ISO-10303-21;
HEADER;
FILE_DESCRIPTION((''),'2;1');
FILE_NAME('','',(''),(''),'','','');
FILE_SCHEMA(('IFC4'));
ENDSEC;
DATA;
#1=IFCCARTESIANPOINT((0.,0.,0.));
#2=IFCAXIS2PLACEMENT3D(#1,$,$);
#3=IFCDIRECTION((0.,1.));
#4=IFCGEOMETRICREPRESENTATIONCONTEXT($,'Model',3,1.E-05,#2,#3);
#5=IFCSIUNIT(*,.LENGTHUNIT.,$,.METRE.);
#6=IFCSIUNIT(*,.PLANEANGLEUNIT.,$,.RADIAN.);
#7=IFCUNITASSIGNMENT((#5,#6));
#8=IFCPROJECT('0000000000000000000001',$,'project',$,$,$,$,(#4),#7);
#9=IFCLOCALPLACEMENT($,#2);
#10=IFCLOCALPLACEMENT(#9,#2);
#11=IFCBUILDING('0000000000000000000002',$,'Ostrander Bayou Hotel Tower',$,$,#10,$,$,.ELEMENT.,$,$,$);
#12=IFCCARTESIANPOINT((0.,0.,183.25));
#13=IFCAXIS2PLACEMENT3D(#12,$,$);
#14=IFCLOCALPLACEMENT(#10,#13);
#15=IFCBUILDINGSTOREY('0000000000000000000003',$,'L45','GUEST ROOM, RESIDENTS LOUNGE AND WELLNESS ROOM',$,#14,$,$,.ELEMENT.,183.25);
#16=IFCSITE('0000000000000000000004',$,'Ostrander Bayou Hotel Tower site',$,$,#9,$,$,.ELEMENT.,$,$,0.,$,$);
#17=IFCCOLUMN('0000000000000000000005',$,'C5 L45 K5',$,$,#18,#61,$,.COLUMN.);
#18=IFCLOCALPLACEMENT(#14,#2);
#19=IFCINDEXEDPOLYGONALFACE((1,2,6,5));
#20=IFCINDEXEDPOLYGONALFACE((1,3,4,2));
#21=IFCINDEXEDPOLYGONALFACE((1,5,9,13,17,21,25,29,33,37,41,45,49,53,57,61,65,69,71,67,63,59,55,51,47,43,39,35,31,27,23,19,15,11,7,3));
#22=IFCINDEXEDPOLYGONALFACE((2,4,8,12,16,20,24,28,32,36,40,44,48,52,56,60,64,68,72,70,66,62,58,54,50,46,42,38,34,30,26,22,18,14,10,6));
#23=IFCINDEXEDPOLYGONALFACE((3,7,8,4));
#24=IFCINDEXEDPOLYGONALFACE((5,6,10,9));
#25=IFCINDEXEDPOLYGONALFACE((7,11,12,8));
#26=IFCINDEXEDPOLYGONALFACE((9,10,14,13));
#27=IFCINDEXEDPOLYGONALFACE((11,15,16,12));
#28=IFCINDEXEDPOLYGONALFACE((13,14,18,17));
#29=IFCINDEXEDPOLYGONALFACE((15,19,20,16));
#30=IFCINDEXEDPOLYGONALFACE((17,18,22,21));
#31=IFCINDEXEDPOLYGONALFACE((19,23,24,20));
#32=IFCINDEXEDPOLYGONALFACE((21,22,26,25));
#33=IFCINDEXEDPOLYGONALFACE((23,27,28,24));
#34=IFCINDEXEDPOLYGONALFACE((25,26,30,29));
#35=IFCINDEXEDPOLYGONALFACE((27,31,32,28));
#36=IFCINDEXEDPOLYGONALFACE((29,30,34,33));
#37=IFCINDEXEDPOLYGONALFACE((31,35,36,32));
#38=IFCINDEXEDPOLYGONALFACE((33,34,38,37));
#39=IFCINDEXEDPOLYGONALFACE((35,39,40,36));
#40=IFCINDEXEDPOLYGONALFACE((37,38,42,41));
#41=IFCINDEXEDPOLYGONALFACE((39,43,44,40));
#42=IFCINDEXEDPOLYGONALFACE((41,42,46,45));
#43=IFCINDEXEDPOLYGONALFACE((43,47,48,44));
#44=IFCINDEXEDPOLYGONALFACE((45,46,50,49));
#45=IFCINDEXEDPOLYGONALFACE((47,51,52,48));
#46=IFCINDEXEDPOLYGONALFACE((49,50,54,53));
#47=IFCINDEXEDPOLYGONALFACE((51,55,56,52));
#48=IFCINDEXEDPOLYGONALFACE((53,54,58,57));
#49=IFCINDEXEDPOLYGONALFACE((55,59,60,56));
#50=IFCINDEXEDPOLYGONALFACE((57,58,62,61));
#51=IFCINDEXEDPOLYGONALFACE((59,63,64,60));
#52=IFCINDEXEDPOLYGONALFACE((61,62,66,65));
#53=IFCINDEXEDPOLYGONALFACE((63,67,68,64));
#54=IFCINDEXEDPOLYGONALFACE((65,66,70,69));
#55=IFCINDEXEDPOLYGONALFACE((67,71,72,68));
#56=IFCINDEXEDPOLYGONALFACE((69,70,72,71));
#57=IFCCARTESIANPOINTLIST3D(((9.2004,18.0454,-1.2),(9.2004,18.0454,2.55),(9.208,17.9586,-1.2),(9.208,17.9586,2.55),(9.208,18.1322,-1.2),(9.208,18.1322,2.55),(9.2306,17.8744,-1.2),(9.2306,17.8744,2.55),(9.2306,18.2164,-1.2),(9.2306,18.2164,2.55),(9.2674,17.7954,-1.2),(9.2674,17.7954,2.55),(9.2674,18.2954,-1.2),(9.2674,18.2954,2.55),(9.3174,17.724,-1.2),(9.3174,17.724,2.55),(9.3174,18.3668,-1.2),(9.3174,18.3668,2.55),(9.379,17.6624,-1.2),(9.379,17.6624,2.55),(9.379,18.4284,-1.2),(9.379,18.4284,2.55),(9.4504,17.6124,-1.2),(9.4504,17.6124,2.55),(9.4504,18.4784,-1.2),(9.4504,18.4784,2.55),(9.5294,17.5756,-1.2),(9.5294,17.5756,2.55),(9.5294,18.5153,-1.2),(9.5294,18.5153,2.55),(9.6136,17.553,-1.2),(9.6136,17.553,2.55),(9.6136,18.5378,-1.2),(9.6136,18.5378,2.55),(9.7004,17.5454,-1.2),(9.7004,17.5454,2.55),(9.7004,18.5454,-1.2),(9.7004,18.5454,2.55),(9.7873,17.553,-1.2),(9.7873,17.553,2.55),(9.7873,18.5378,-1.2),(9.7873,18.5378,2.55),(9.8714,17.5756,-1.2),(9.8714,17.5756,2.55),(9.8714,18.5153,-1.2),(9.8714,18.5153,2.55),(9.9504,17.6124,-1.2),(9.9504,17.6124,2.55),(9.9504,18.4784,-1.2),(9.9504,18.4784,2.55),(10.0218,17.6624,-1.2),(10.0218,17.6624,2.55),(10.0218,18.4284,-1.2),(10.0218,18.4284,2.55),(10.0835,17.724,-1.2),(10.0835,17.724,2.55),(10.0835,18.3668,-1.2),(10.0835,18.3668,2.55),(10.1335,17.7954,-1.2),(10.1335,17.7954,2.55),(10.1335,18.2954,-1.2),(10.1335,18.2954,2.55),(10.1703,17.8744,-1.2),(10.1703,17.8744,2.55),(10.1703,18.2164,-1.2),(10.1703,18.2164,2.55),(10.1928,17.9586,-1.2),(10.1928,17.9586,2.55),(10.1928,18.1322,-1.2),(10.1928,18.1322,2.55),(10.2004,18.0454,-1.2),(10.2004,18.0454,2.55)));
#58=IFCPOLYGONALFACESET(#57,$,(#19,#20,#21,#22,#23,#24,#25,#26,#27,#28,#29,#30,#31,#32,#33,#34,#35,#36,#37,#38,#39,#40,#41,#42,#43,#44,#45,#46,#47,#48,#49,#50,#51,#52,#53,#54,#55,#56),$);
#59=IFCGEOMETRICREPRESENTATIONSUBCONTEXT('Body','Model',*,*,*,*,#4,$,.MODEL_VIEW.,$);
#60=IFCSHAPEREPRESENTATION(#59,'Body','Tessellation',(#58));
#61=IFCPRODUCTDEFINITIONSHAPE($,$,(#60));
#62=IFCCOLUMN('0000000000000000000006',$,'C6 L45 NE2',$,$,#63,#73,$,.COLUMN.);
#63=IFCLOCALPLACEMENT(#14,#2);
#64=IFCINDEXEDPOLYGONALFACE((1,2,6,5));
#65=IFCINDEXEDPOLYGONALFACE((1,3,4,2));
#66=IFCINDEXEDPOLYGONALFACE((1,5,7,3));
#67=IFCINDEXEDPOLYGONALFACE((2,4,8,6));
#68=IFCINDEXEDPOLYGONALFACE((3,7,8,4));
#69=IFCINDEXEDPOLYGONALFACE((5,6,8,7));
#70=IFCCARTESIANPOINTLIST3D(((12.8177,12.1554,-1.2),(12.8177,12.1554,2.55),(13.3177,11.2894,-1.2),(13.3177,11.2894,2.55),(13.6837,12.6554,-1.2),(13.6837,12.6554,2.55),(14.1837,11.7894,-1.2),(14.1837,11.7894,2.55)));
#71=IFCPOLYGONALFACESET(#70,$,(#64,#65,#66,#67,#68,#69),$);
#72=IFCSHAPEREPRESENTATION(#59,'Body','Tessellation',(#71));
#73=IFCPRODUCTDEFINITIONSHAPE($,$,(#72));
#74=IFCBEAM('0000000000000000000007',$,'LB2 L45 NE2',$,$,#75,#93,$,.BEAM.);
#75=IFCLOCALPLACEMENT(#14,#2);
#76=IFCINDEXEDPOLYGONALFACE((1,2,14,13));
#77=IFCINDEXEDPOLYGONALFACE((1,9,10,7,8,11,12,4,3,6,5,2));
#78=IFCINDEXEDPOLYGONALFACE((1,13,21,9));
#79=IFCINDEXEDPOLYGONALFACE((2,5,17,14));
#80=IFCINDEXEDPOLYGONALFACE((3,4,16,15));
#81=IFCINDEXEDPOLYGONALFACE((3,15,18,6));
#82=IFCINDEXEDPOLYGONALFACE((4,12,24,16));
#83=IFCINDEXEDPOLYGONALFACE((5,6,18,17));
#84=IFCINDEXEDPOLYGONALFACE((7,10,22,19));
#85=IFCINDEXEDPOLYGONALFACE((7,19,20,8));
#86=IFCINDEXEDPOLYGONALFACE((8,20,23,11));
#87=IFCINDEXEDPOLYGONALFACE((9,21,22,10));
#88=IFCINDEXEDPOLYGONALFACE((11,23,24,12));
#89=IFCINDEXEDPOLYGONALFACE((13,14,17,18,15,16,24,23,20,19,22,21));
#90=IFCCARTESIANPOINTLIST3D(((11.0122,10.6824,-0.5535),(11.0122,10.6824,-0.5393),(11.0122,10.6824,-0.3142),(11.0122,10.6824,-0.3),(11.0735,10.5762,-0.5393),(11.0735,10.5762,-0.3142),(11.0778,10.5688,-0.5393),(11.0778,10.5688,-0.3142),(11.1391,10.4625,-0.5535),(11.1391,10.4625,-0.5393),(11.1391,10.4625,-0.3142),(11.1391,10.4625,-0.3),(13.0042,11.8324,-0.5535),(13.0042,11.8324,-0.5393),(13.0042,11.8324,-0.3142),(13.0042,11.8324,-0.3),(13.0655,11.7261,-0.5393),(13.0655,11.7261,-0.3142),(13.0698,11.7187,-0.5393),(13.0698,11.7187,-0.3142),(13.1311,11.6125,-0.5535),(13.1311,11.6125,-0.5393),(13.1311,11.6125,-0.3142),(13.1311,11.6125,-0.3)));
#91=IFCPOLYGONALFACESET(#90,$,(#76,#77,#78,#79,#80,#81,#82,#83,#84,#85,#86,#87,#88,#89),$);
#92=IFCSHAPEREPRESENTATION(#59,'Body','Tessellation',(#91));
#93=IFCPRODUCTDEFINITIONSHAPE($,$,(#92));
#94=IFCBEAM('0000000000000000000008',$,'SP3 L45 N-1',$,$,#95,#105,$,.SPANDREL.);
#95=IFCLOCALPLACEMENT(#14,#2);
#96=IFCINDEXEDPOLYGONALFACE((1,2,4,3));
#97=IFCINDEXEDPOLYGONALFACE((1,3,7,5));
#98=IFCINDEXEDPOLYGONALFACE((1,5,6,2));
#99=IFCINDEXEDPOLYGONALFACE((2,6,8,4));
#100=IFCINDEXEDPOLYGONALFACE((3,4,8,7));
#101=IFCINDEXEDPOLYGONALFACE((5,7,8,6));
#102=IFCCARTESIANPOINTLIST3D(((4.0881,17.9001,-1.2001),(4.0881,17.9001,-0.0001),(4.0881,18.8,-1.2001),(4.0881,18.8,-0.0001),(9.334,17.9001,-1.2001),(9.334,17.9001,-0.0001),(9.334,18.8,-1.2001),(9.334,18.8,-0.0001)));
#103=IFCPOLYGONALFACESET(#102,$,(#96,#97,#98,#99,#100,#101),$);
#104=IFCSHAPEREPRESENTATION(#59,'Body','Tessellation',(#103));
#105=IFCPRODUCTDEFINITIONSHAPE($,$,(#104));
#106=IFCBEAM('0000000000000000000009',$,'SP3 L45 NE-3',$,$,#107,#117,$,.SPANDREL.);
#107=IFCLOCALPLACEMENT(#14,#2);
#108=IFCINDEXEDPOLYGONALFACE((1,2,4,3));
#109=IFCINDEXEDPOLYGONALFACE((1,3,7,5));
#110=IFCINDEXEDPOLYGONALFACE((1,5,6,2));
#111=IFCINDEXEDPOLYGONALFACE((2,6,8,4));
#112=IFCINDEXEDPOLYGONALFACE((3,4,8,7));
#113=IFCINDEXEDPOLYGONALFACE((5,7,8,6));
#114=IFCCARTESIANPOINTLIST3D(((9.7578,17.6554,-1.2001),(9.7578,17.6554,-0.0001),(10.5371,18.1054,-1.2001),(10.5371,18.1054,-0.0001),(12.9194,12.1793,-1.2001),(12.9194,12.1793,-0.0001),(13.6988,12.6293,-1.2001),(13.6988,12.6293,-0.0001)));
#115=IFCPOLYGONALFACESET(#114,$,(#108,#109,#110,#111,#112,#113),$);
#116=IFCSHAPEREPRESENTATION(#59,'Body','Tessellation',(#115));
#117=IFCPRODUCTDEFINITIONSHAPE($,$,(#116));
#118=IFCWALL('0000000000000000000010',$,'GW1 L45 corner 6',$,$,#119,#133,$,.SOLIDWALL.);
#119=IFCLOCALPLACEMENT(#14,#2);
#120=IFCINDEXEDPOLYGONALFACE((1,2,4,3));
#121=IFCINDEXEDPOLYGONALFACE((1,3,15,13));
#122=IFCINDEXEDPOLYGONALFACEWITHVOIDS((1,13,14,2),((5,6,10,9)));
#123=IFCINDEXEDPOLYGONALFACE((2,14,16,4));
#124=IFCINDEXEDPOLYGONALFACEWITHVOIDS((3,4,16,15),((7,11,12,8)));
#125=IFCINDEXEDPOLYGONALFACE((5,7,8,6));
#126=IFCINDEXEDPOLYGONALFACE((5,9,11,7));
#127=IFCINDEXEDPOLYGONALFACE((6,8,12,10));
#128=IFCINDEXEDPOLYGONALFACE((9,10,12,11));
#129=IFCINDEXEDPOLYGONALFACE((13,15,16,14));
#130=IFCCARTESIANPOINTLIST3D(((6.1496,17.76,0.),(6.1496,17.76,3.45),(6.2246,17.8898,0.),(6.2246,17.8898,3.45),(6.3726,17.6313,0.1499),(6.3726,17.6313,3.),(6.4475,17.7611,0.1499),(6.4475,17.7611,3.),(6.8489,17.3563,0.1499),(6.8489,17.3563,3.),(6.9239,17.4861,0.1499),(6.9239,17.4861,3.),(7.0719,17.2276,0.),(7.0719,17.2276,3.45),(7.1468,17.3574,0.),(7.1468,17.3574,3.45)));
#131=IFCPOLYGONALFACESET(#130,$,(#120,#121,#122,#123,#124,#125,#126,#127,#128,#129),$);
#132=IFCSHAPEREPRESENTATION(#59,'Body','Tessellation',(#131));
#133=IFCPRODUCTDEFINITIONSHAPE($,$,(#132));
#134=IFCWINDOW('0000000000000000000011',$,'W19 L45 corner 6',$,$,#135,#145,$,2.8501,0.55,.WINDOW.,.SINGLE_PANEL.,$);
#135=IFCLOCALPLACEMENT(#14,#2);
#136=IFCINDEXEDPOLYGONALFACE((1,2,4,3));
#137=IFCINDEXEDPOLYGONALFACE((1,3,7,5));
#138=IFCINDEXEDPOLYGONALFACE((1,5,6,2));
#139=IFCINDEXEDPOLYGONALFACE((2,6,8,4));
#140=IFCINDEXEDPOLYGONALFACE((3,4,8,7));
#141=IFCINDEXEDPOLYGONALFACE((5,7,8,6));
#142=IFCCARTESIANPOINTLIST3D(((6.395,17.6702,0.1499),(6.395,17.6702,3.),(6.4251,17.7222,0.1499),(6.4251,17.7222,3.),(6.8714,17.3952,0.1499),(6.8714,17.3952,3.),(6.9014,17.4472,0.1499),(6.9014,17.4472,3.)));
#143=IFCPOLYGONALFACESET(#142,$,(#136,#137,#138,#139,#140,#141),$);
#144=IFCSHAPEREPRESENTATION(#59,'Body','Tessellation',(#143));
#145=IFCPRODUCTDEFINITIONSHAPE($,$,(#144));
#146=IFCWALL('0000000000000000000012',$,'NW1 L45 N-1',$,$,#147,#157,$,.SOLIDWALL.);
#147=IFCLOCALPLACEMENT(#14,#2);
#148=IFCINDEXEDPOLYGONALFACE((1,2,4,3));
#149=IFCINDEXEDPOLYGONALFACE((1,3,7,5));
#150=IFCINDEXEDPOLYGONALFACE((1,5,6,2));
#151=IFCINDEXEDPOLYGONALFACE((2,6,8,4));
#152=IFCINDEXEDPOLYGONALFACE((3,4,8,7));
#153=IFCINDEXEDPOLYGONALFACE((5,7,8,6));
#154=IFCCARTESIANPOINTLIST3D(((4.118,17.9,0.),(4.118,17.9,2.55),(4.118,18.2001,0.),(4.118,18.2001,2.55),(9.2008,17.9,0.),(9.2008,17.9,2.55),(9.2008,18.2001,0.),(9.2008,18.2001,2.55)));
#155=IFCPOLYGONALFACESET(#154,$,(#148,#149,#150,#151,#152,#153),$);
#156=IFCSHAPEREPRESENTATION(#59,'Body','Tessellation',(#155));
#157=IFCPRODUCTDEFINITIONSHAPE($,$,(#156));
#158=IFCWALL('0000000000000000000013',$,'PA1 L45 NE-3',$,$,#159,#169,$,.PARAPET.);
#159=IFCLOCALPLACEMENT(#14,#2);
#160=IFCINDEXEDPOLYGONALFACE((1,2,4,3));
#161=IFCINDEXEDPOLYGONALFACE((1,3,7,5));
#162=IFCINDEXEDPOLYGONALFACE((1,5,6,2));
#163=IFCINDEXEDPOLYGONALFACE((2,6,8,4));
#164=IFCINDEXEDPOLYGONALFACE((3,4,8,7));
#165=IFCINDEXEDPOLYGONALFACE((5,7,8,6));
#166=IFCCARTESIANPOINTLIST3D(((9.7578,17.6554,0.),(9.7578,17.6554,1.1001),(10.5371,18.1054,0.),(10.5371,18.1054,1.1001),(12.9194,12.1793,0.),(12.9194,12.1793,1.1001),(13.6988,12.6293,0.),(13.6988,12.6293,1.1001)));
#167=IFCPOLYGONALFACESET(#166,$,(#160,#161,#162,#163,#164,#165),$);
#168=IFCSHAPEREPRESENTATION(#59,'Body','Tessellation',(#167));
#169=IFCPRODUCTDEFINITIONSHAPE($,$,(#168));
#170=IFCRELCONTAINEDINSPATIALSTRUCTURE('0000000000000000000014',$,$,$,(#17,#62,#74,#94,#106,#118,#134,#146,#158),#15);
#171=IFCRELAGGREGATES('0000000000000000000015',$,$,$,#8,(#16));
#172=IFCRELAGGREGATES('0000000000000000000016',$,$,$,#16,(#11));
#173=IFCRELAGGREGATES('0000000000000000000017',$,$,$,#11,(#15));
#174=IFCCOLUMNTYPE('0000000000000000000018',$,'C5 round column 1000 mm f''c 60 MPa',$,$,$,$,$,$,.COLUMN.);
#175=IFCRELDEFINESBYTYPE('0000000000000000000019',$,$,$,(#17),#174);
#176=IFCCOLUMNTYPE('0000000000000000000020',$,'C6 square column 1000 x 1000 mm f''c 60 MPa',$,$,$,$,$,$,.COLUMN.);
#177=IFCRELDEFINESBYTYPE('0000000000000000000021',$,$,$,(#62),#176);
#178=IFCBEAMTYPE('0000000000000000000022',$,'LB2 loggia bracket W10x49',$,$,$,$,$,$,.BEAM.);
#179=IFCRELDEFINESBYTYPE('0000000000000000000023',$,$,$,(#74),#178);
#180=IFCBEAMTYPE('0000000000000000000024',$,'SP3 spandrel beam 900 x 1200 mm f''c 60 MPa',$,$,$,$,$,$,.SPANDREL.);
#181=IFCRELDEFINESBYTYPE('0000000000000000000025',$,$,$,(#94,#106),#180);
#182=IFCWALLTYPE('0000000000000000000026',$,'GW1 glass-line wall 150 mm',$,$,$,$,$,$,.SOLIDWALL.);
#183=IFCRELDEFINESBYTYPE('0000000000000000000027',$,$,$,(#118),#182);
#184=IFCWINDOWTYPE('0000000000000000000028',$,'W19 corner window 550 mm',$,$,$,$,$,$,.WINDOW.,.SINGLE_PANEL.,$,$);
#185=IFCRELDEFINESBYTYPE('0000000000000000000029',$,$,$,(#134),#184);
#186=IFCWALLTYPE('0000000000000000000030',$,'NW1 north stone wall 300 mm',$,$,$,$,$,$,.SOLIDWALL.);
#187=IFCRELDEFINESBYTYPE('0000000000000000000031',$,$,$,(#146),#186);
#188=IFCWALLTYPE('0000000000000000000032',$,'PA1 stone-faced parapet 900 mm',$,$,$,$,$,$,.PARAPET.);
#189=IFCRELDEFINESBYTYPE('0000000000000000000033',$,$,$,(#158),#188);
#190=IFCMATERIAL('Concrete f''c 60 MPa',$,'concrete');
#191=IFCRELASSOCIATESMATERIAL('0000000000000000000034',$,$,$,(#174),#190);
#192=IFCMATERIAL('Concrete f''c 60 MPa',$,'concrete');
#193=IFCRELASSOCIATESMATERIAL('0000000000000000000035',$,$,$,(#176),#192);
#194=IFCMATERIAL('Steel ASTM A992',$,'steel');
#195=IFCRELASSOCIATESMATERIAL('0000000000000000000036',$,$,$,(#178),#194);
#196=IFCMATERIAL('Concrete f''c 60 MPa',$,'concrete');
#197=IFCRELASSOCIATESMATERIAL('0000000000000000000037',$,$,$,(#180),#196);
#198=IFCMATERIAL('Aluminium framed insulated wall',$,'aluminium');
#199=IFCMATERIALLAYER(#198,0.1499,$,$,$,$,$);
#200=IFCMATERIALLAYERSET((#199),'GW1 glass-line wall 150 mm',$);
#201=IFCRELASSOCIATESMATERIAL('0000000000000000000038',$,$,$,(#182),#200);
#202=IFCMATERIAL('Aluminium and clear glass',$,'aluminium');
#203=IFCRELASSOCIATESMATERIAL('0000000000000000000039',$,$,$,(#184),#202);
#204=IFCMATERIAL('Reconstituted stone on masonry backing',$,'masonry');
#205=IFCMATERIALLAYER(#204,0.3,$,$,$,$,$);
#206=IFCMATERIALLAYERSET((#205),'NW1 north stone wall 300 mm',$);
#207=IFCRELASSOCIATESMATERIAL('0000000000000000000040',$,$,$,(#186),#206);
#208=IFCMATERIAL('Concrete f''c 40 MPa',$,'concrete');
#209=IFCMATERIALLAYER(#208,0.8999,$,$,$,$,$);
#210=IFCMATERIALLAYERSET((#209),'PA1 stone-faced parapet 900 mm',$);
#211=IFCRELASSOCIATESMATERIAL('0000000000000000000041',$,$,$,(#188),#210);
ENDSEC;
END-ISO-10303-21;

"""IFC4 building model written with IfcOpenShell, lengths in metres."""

from ifc_helpers import new_model, si_unit, direction, frame, frame_2d, origin, origin_2d, place, context, subcontext, project, spatial, rectangle, circle, i_section, extrude, material, layer, layer_set, material_profile, profile_set, type_object, element, fill, save


model = new_model("IFC4")

# Units and contexts
model_context = context("Model", 3, precision=1e-05, world=origin(), true_north=direction((0.0, 1.0)))
body_context = subcontext(model_context, "Body", "Model", "MODEL_VIEW")
ifc_project = project(units=[si_unit("LENGTHUNIT", "METRE"), si_unit("PLANEANGLEUNIT", "RADIAN")], contexts=[model_context])

# Site, building, storey
site_placement = place(None, origin())
site = spatial("IfcSite", under=ifc_project, at=site_placement, Name="Ostrander Bayou Hotel Tower site", CompositionType="ELEMENT", RefElevation=0.0)
building_placement = place(site_placement, origin())
building = spatial("IfcBuilding", under=site, at=building_placement, Name="Ostrander Bayou Hotel Tower", CompositionType="ELEMENT")
storey_placement = place(building_placement, frame((0.0, 0.0, 183.25)))
storey = spatial("IfcBuildingStorey", under=building, at=storey_placement, Name="L45", Description="GUEST ROOM, RESIDENTS LOUNGE AND WELLNESS ROOM", CompositionType="ELEMENT", Elevation=183.25)

# Columns
ifc_material_1 = material(Name="Concrete f'c 60 MPa", Category="concrete")
ifc_material_profile_1 = material_profile(ifc_material_1, circle(Radius=0.5, at=origin_2d()))
ifc_profile_set_1 = profile_set([ifc_material_profile_1], Name="Concrete f'c 60 MPa")
column_type_1 = type_object("IfcColumnType", Name="C5 round column 1000 mm f'c 60 MPa", PredefinedType="COLUMN", material=ifc_profile_set_1)
column_1_placement = place(storey_placement, frame((9.7004, 18.0454, -1.2), z_axis=(0.0, 0.0, 1.0), x_axis=(1.0, 0.0, 0.0)))
element("IfcColumn", 1, at=column_1_placement, inside=storey, type_object=column_type_1, Name="C5 L45 K5", PredefinedType="COLUMN", context=body_context, shape_type="SweptSolid", body=[
    extrude(circle(Radius=0.5, at=origin_2d()), origin(), (0.0, 0.0, 1.0), 3.75),
])
ifc_material_2 = material(Name="Concrete f'c 60 MPa", Category="concrete")
ifc_material_profile_2 = material_profile(ifc_material_2, rectangle(XDim=1.0, YDim=1.0, at=origin_2d()))
ifc_profile_set_2 = profile_set([ifc_material_profile_2], Name="Concrete f'c 60 MPa")
column_type_2 = type_object("IfcColumnType", Name="C6 square column 1000 x 1000 mm f'c 60 MPa", PredefinedType="COLUMN", material=ifc_profile_set_2)
column_2_placement = place(storey_placement, frame((13.5007, 11.9724, -1.2), z_axis=(0.0, 0.0, 1.0), x_axis=(0.5, -0.866025, 0.0)))
element("IfcColumn", 2, at=column_2_placement, inside=storey, type_object=column_type_2, Name="C6 L45 NE2", PredefinedType="COLUMN", context=body_context, shape_type="SweptSolid", body=[
    extrude(rectangle(XDim=1.0, YDim=1.0, at=origin_2d()), origin(), (0.0, 0.0, 1.0), 3.75),
])

# Beams
ifc_material_3 = material(Name="Steel ASTM A992", Category="steel")
ifc_material_profile_3 = material_profile(ifc_material_3, i_section(OverallWidth=0.2539, OverallDepth=0.2534, WebThickness=0.0085, FlangeThickness=0.0142, at=origin_2d()))
ifc_profile_set_3 = profile_set([ifc_material_profile_3], Name="Steel ASTM A992")
beam_type_1 = type_object("IfcBeamType", Name="LB2 loggia bracket W10x49", PredefinedType="BEAM", material=ifc_profile_set_3)
beam_1_placement = place(storey_placement, frame((13.0676, 11.7224, -0.4268), z_axis=(-0.866053, -0.499952, 0.0), x_axis=(0.499952, -0.866053, 0.0)))
element("IfcBeam", 3, at=beam_1_placement, inside=storey, type_object=beam_type_1, Name="LB2 L45 NE2", PredefinedType="BEAM", context=body_context, shape_type="SweptSolid", body=[
    extrude(i_section(OverallWidth=0.2539, OverallDepth=0.2534, WebThickness=0.0085, FlangeThickness=0.0142, at=origin_2d()), origin(), (0.0, 0.0, 1.0), 2.3),
])
ifc_material_4 = material(Name="Concrete f'c 60 MPa", Category="concrete")
ifc_material_profile_4 = material_profile(ifc_material_4, rectangle(XDim=0.8999, YDim=1.2, at=origin_2d()))
ifc_profile_set_4 = profile_set([ifc_material_profile_4], Name="Concrete f'c 60 MPa")
beam_type_2 = type_object("IfcBeamType", Name="SP3 spandrel beam 900 x 1200 mm f'c 60 MPa", PredefinedType="SPANDREL", material=ifc_profile_set_4)
beam_2_placement = place(storey_placement, frame((9.334, 18.3501, -0.6001), z_axis=(-1.0, 0.0, 0.0), x_axis=(0.0, -1.0, 0.0)))
element("IfcBeam", 4, at=beam_2_placement, inside=storey, type_object=beam_type_2, Name="SP3 L45 N-1", PredefinedType="SPANDREL", context=body_context, shape_type="SweptSolid", body=[
    extrude(rectangle(XDim=0.8999, YDim=1.2, at=origin_2d()), origin(), (0.0, 0.0, 1.0), 5.2458),
])
beam_3_placement = place(storey_placement, frame((13.3091, 12.4043, -0.6001), z_axis=(-0.500001, 0.866025, 0.0), x_axis=(-0.866025, -0.500001, 0.0)))
element("IfcBeam", 5, at=beam_3_placement, inside=storey, type_object=beam_type_2, Name="SP3 L45 NE-3", PredefinedType="SPANDREL", context=body_context, shape_type="SweptSolid", body=[
    extrude(rectangle(XDim=0.8999, YDim=1.2, at=origin_2d()), origin(), (0.0, 0.0, 1.0), 6.3232),
])

# Wall, opening, window
ifc_material_5 = material(Name="Aluminium framed insulated wall", Category="aluminium")
ifc_layer_1 = layer(ifc_material_5, 0.1499)
ifc_layer_set_1 = layer_set([ifc_layer_1], Name="GW1 glass-line wall 150 mm")
wall_type_1 = type_object("IfcWallType", Name="GW1 glass-line wall 150 mm", PredefinedType="SOLIDWALL", material=ifc_layer_set_1)
wall_1_placement = place(storey_placement, frame((7.1094, 17.2925, 0.0), z_axis=(0.0, 0.0, 1.0), x_axis=(-0.866048, 0.499961, 0.0)))
wall_1 = element("IfcWall", 6, at=wall_1_placement, inside=storey, type_object=wall_type_1, Name="GW1 L45 corner 6", PredefinedType="SOLIDWALL", context=body_context, shape_type="SweptSolid", body=[
    extrude(rectangle(XDim=1.0649, YDim=0.1499, at=frame_2d((0.5325, 0.0))), origin(), (0.0, 0.0, 1.0), 3.45),
])
opening_1_placement = place(wall_1_placement, frame((0.2576, 0.0, 0.1499)))
opening_1 = element("IfcOpeningElement", 7, at=opening_1_placement, cuts=wall_1, PredefinedType="OPENING", context=body_context, shape_type="SweptSolid", body=[
    extrude(rectangle(XDim=0.55, YDim=2.8501, at=frame_2d((0.2749, 1.425))), frame((0.0, 0.075, 0.0), z_axis=(0.0, -1.0, 0.0), x_axis=(1.0, 0.0, 0.0)), (0.0, 0.0, 1.0), 0.1499),
])
ifc_material_6 = material(Name="Aluminium and clear glass", Category="aluminium")
window_type = type_object("IfcWindowType", Name="W19 corner window 550 mm", PartitioningType="SINGLE_PANEL", PredefinedType="WINDOW", material=ifc_material_6)
window_placement = place(opening_1_placement, origin())
window = element("IfcWindow", 8, at=window_placement, inside=storey, type_object=window_type, Name="W19 L45 corner 6", OverallHeight=2.8501, OverallWidth=0.55, PartitioningType="SINGLE_PANEL", PredefinedType="WINDOW", context=body_context, shape_type="SweptSolid", body=[
    extrude(rectangle(XDim=0.55, YDim=2.8501, at=frame_2d((0.2749, 1.425))), frame((0.0, 0.03, 0.0), z_axis=(0.0, -1.0, 0.0), x_axis=(1.0, 0.0, 0.0)), (0.0, 0.0, 1.0), 0.0601),
])
fill(opening_1, window)

# Walls
ifc_material_7 = material(Name="Reconstituted stone on masonry backing", Category="masonry")
ifc_layer_2 = layer(ifc_material_7, 0.3)
ifc_layer_set_2 = layer_set([ifc_layer_2], Name="NW1 north stone wall 300 mm")
wall_type_2 = type_object("IfcWallType", Name="NW1 north stone wall 300 mm", PredefinedType="SOLIDWALL", material=ifc_layer_set_2)
wall_2_placement = place(storey_placement, frame((9.2009, 18.05, 0.0), z_axis=(0.0, 0.0, 1.0), x_axis=(-1.0, 0.0, 0.0)))
element("IfcWall", 9, at=wall_2_placement, inside=storey, type_object=wall_type_2, Name="NW1 L45 N-1", PredefinedType="SOLIDWALL", context=body_context, shape_type="SweptSolid", body=[
    extrude(rectangle(XDim=5.0828, YDim=0.3, at=frame_2d((2.5415, 0.0))), origin(), (0.0, 0.0, 1.0), 2.55),
])
ifc_material_8 = material(Name="Concrete f'c 40 MPa", Category="concrete")
ifc_layer_3 = layer(ifc_material_8, 0.8999)
ifc_layer_set_3 = layer_set([ifc_layer_3], Name="PA1 stone-faced parapet 900 mm")
wall_type_3 = type_object("IfcWallType", Name="PA1 stone-faced parapet 900 mm", PredefinedType="PARAPET", material=ifc_layer_set_3)
wall_3_placement = place(storey_placement, frame((13.3091, 12.4043, 0.0), z_axis=(0.0, 0.0, 1.0), x_axis=(-0.500001, 0.866025, 0.0)))
element("IfcWall", 10, at=wall_3_placement, inside=storey, type_object=wall_type_3, Name="PA1 L45 NE-3", PredefinedType="PARAPET", context=body_context, shape_type="SweptSolid", body=[
    extrude(rectangle(XDim=6.3232, YDim=0.8999, at=frame_2d((3.1616, 0.0))), origin(), (0.0, 0.0, 1.0), 1.1001),
])

save(model, "model.ifc")
